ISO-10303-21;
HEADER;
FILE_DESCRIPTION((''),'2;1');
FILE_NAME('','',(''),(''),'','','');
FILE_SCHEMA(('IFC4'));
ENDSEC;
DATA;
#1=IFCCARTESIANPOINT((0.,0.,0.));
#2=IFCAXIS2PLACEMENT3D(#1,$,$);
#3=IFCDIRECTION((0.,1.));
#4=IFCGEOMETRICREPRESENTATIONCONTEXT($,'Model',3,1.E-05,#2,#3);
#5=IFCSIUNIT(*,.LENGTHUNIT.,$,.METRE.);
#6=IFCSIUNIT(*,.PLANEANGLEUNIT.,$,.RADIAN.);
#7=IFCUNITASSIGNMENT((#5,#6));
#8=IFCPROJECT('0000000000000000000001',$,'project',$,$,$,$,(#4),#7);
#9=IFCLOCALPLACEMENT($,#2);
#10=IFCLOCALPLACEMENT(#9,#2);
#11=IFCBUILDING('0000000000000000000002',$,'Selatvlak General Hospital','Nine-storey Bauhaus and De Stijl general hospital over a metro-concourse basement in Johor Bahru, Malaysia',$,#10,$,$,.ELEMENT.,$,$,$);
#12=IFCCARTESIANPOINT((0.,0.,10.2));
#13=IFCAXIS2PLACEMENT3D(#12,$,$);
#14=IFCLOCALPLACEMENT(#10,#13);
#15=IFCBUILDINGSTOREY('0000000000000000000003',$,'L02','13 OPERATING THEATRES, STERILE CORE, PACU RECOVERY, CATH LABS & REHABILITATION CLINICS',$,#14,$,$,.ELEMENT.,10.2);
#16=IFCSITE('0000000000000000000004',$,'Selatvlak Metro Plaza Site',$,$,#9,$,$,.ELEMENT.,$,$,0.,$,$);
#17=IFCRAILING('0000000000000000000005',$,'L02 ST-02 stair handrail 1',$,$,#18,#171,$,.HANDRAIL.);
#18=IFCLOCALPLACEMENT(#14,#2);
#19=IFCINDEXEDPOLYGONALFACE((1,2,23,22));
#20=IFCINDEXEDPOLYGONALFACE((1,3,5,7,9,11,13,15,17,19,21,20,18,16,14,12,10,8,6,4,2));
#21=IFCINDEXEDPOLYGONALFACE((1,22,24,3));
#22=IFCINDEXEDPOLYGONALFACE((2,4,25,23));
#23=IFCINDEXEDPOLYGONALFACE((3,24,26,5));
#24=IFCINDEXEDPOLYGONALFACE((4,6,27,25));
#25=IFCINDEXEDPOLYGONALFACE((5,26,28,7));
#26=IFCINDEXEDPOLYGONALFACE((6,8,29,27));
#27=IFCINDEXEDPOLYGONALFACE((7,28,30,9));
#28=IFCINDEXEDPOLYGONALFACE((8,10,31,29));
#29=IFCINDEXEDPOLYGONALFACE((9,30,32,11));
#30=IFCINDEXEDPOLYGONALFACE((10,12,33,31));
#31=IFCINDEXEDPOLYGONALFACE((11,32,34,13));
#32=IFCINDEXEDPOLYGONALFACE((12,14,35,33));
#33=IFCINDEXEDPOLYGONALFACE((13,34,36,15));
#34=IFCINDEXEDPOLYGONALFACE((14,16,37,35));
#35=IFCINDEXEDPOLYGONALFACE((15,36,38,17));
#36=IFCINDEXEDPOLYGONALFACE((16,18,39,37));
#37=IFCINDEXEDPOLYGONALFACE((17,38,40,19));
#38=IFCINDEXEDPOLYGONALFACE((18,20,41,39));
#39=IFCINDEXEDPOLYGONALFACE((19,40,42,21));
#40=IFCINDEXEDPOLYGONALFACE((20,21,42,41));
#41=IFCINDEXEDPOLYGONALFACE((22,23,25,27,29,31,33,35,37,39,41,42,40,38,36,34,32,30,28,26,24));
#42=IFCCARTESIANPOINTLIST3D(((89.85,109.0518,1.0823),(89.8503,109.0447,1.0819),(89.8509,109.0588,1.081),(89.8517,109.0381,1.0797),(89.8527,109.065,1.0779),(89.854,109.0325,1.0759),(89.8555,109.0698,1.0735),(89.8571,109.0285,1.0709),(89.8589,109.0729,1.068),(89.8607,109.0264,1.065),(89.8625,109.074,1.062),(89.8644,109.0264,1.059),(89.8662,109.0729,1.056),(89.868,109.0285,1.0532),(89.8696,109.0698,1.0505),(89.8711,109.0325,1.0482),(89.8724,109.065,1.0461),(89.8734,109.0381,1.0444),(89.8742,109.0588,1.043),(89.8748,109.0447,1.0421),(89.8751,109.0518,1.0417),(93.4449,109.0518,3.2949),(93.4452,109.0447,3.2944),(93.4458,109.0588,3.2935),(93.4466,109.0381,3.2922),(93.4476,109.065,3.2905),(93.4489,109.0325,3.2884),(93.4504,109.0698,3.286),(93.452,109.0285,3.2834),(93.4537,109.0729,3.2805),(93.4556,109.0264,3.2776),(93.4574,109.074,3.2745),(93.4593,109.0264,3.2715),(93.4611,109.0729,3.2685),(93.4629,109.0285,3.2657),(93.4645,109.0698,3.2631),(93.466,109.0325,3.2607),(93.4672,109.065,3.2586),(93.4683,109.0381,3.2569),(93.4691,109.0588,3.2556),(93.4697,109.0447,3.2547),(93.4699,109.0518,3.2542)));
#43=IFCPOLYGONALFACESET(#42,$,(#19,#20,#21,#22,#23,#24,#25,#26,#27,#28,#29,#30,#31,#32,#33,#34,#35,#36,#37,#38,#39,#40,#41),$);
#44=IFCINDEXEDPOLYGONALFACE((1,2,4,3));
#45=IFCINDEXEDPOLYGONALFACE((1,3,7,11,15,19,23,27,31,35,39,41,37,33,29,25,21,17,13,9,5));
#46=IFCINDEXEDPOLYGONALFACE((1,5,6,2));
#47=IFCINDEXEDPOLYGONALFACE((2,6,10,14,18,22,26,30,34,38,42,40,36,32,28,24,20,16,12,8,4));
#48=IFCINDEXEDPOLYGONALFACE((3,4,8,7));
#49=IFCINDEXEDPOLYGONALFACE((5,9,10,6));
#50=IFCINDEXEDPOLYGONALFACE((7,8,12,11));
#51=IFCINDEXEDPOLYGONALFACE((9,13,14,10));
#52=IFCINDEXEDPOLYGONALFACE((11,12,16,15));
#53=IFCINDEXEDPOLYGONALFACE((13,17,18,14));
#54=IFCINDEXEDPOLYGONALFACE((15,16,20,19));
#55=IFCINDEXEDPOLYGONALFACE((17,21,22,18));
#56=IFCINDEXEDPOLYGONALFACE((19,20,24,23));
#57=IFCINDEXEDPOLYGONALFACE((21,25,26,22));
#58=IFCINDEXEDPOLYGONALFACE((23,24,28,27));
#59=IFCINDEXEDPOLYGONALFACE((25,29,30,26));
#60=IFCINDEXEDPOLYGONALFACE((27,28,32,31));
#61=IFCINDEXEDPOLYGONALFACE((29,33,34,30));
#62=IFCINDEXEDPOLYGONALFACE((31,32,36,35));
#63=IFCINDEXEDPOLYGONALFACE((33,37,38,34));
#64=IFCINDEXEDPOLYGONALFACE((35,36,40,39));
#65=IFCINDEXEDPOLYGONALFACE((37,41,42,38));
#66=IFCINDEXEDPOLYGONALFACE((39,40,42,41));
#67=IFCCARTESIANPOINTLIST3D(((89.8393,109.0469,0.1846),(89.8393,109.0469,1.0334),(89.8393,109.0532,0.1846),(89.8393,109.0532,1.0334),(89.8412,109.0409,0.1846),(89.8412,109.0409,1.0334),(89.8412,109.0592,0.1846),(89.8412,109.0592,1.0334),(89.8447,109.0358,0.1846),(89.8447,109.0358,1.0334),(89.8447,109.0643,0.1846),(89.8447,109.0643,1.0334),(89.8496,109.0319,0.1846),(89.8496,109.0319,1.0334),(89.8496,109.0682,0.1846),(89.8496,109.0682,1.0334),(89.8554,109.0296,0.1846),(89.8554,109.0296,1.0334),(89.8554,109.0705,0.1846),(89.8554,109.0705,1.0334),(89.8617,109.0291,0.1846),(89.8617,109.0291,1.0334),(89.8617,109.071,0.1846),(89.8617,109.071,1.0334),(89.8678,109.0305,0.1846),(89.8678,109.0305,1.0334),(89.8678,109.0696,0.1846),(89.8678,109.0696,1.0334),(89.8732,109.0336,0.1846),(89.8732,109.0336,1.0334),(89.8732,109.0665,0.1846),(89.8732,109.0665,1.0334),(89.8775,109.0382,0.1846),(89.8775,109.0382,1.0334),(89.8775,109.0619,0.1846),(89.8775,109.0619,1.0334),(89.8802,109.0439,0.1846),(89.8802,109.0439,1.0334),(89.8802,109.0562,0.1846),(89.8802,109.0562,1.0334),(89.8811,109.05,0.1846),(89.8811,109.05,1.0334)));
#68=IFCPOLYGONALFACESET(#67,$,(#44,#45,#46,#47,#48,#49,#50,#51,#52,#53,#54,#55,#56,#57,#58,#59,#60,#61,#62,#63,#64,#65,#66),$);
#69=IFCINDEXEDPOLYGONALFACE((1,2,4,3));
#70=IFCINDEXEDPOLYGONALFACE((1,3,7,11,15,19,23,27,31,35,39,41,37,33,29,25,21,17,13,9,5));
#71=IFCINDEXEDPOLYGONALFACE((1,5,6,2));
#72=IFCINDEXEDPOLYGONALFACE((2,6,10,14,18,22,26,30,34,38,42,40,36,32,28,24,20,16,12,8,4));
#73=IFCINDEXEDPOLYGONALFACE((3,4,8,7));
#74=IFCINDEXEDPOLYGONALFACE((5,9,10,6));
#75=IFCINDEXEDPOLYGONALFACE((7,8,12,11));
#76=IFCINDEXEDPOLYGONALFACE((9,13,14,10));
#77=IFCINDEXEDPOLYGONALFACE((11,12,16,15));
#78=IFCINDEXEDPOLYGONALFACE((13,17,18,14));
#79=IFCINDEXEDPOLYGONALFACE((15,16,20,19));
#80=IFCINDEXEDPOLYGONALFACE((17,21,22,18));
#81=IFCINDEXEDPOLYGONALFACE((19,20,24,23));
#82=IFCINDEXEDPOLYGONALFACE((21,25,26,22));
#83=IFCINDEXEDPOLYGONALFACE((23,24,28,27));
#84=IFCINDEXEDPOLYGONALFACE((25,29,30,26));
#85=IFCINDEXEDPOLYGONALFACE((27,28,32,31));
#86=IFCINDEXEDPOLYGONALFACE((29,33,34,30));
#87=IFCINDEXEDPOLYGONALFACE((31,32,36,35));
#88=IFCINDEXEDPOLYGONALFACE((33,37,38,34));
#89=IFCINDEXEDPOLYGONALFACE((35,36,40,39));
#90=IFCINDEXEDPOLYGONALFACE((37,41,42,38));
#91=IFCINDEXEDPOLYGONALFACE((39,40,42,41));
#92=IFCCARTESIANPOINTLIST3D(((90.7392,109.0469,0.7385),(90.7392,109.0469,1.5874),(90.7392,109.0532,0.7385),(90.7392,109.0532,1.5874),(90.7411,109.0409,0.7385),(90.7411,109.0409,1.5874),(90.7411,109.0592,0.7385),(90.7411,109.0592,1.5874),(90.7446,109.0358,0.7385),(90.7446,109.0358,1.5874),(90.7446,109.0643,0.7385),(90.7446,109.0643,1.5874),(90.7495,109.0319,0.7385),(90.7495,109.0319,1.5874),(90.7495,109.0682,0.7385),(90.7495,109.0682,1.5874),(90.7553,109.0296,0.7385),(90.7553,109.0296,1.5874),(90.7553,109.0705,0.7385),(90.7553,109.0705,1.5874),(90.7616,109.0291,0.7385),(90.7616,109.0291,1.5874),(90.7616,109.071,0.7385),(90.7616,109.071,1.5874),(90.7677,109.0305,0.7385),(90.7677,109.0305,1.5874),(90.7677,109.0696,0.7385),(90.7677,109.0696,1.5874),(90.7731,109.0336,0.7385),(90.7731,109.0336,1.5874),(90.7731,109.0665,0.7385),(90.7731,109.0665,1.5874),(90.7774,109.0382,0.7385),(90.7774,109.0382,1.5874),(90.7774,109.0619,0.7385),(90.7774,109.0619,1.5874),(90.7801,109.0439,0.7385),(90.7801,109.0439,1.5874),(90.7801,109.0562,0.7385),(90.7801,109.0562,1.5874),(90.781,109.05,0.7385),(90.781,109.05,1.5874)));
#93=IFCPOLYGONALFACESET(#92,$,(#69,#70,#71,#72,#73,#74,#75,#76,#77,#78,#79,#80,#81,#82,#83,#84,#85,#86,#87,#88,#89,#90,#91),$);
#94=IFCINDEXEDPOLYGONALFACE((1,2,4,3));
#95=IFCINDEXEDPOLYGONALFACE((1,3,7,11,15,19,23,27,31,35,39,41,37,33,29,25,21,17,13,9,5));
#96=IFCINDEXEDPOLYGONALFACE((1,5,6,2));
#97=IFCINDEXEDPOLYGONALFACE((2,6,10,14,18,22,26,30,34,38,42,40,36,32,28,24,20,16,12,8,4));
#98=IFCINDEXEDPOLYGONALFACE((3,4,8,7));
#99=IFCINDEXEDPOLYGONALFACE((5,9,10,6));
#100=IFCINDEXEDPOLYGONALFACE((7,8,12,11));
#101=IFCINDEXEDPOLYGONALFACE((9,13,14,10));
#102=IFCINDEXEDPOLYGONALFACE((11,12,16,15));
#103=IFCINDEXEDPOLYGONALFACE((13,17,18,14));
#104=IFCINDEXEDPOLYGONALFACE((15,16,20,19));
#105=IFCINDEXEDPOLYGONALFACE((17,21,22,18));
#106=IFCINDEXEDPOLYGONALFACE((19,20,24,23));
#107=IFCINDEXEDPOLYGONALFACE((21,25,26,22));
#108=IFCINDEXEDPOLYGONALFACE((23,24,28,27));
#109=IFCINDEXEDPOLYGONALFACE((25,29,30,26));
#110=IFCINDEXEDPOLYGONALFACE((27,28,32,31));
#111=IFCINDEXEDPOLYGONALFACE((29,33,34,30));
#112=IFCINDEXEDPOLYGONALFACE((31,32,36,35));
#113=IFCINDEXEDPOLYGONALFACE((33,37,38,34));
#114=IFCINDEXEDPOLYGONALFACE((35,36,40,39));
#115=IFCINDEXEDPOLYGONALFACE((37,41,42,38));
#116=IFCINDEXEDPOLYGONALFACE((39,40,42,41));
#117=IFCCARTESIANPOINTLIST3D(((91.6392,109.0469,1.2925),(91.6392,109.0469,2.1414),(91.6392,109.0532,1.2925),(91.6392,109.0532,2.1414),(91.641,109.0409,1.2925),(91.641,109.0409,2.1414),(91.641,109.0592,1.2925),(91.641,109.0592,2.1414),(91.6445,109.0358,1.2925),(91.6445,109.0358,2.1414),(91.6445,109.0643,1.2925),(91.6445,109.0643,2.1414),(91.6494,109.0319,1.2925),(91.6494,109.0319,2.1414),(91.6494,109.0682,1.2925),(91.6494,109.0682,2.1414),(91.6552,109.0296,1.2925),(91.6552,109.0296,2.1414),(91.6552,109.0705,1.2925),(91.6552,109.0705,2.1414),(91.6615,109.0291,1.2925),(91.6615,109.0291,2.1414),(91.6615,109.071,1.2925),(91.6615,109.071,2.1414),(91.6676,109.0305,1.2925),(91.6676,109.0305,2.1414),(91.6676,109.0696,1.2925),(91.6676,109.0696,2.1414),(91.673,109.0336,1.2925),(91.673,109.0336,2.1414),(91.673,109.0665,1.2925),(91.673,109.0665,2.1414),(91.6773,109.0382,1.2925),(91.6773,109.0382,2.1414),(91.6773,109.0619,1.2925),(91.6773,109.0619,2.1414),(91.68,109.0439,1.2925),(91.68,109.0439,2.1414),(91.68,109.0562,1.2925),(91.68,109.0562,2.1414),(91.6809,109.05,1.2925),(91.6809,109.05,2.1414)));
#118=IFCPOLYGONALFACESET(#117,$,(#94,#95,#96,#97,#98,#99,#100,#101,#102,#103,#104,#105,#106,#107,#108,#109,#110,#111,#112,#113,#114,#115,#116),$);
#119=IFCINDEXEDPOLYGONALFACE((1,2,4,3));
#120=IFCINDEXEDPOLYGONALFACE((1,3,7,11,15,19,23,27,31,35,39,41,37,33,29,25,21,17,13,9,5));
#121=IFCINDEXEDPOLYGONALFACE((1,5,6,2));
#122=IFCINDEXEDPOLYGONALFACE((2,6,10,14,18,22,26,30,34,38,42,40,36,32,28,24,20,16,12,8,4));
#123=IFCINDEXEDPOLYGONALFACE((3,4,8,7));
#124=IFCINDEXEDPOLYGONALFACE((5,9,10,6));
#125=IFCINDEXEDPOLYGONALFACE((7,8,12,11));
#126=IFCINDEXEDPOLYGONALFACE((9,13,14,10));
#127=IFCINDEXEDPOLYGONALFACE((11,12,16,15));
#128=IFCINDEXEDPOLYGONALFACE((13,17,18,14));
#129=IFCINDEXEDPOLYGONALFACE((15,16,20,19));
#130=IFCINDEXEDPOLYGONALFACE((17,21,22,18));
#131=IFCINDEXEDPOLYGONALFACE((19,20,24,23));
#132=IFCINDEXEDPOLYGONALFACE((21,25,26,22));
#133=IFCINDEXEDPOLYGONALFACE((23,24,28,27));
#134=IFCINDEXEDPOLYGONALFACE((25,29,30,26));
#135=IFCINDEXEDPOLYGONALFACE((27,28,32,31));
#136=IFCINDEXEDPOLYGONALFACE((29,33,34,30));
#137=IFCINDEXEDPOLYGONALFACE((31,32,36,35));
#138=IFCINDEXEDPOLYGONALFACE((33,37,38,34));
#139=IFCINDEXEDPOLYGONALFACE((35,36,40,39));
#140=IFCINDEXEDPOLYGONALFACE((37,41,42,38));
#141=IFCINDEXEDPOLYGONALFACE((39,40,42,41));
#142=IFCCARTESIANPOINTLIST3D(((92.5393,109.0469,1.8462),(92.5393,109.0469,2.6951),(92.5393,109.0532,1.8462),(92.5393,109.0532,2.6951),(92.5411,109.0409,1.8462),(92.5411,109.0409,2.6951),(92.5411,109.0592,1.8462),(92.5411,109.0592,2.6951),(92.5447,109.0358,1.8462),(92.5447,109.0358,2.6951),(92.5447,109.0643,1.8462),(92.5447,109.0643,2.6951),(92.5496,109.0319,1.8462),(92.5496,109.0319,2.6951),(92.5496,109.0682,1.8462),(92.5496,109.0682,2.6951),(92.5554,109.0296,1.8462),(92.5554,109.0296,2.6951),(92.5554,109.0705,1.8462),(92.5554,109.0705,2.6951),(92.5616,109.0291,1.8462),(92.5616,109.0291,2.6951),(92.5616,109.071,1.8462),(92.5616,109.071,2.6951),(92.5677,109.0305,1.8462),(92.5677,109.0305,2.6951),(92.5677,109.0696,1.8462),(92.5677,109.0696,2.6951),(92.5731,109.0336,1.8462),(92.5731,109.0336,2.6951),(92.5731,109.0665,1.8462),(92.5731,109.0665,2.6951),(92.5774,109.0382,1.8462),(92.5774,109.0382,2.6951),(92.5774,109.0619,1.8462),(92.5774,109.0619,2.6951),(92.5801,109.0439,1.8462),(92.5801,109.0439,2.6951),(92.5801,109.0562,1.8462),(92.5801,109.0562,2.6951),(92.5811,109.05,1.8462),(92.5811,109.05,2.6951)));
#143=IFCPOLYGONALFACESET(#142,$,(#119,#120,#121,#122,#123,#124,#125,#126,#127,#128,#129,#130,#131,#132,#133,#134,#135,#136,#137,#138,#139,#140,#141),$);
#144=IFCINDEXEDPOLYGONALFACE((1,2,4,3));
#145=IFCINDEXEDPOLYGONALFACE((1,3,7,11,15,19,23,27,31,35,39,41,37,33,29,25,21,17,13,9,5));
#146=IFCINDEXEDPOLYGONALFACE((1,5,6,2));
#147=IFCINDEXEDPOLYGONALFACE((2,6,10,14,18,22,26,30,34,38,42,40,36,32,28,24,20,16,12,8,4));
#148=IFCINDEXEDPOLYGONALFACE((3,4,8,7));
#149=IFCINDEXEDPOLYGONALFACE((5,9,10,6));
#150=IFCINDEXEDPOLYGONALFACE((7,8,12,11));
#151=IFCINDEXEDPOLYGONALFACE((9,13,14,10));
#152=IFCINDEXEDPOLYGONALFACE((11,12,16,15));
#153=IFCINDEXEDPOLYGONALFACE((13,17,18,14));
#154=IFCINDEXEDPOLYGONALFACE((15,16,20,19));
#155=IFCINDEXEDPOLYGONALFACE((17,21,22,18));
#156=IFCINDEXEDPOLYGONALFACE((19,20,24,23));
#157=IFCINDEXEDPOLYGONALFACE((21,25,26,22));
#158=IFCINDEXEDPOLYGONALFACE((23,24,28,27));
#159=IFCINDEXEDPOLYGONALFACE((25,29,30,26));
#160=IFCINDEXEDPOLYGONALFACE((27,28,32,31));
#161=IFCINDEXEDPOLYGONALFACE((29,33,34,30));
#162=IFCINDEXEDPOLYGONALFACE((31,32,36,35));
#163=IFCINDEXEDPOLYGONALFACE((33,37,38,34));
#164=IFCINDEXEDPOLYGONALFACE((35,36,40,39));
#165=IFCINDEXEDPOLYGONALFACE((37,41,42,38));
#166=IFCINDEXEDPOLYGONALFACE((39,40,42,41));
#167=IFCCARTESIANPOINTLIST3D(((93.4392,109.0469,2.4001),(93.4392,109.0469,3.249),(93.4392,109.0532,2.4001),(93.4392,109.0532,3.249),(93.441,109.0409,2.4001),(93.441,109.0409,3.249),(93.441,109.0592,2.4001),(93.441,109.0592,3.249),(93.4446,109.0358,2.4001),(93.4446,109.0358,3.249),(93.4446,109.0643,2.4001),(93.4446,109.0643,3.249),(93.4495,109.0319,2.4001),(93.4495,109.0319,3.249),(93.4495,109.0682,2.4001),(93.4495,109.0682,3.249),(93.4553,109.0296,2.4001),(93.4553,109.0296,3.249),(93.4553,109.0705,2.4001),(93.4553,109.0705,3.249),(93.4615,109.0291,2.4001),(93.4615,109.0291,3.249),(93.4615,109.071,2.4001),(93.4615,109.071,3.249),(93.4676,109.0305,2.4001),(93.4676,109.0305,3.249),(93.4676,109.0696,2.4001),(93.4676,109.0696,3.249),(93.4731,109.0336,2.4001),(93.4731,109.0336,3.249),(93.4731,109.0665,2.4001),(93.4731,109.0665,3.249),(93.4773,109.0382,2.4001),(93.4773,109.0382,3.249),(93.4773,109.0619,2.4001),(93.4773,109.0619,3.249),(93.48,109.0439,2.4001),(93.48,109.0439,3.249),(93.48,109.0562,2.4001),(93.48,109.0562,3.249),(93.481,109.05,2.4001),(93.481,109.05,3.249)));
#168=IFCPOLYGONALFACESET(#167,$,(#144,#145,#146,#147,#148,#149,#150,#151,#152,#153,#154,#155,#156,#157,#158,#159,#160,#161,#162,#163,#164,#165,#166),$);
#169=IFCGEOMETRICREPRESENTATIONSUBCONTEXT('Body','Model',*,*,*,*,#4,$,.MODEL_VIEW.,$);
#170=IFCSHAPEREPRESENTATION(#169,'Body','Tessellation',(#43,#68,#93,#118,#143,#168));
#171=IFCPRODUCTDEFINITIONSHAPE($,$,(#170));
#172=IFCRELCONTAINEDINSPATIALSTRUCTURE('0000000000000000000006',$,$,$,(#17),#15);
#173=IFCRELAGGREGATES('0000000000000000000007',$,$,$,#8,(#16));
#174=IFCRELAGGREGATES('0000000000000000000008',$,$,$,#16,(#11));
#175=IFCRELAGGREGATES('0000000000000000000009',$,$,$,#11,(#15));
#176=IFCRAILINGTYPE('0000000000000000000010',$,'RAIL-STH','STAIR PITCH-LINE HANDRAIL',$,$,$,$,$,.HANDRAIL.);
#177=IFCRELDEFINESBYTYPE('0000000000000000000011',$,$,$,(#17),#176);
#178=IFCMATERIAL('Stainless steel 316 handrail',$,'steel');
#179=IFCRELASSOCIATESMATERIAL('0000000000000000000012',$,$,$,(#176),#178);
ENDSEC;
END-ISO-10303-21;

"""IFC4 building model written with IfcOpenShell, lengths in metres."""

from ifc_helpers import new_model, si_unit, direction, frame, origin, origin_2d, place, context, subcontext, project, spatial, circle, extrude, material, type_object, element, save


model = new_model("IFC4")

# Units and contexts
model_context = context("Model", 3, precision=1e-05, world=origin(), true_north=direction((0.0, 1.0)))
body_context = subcontext(model_context, "Body", "Model", "MODEL_VIEW")
ifc_project = project(units=[si_unit("LENGTHUNIT", "METRE"), si_unit("PLANEANGLEUNIT", "RADIAN")], contexts=[model_context])

# Site, building, storey
site_placement = place(None, origin())
site = spatial("IfcSite", under=ifc_project, at=site_placement, Name="Selatvlak Metro Plaza Site", CompositionType="ELEMENT", RefElevation=0.0)
building_placement = place(site_placement, origin())
building = spatial("IfcBuilding", under=site, at=building_placement, Name="Selatvlak General Hospital", Description="Nine-storey Bauhaus and De Stijl general hospital over a metro-concourse basement in Johor Bahru, Malaysia", CompositionType="ELEMENT")
storey_placement = place(building_placement, frame((0.0, 0.0, 10.2)))
storey = spatial("IfcBuildingStorey", under=building, at=storey_placement, Name="L02", Description="13 OPERATING THEATRES, STERILE CORE, PACU RECOVERY, CATH LABS & REHABILITATION CLINICS", CompositionType="ELEMENT", Elevation=10.2)

# Railing
ifc_material_1 = material(Name="Stainless steel 316 handrail", Category="steel")
railing_type_1 = type_object("IfcRailingType", Name="RAIL-STH", Description="STAIR PITCH-LINE HANDRAIL", PredefinedType="HANDRAIL", material=ifc_material_1)
railing_1_placement = place(storey_placement, frame((89.8601, 109.05, 0.1846)))
element("IfcRailing", 1, at=railing_1_placement, inside=storey, type_object=railing_type_1, Name="L02 ST-02 stair handrail 1", PredefinedType="HANDRAIL", context=body_context, shape_type="SweptSolid", body=[
    extrude(circle(Radius=0.0239, at=origin_2d()), frame((0.0024, 0.0, 0.8774), z_axis=(0.851629, 0.0, 0.524146), x_axis=(0.0, 1.0, 0.0)), (0.0, 0.0, 1.0), 4.2212),
    extrude(circle(Radius=0.021, at=origin_2d()), origin(), (0.0, 0.0, 1.0), 0.8489),
    extrude(circle(Radius=0.021, at=origin_2d()), frame((0.8999, 0.0, 0.554)), (0.0, 0.0, 1.0), 0.8489),
    extrude(circle(Radius=0.021, at=origin_2d()), frame((1.7998, 0.0, 1.1079)), (0.0, 0.0, 1.0), 0.8489),
    extrude(circle(Radius=0.021, at=origin_2d()), frame((2.7, 0.0, 1.6616)), (0.0, 0.0, 1.0), 0.8489),
    extrude(circle(Radius=0.021, at=origin_2d()), frame((3.5999, 0.0, 2.2156)), (0.0, 0.0, 1.0), 0.8489),
])

save(model, "model.ifc")
